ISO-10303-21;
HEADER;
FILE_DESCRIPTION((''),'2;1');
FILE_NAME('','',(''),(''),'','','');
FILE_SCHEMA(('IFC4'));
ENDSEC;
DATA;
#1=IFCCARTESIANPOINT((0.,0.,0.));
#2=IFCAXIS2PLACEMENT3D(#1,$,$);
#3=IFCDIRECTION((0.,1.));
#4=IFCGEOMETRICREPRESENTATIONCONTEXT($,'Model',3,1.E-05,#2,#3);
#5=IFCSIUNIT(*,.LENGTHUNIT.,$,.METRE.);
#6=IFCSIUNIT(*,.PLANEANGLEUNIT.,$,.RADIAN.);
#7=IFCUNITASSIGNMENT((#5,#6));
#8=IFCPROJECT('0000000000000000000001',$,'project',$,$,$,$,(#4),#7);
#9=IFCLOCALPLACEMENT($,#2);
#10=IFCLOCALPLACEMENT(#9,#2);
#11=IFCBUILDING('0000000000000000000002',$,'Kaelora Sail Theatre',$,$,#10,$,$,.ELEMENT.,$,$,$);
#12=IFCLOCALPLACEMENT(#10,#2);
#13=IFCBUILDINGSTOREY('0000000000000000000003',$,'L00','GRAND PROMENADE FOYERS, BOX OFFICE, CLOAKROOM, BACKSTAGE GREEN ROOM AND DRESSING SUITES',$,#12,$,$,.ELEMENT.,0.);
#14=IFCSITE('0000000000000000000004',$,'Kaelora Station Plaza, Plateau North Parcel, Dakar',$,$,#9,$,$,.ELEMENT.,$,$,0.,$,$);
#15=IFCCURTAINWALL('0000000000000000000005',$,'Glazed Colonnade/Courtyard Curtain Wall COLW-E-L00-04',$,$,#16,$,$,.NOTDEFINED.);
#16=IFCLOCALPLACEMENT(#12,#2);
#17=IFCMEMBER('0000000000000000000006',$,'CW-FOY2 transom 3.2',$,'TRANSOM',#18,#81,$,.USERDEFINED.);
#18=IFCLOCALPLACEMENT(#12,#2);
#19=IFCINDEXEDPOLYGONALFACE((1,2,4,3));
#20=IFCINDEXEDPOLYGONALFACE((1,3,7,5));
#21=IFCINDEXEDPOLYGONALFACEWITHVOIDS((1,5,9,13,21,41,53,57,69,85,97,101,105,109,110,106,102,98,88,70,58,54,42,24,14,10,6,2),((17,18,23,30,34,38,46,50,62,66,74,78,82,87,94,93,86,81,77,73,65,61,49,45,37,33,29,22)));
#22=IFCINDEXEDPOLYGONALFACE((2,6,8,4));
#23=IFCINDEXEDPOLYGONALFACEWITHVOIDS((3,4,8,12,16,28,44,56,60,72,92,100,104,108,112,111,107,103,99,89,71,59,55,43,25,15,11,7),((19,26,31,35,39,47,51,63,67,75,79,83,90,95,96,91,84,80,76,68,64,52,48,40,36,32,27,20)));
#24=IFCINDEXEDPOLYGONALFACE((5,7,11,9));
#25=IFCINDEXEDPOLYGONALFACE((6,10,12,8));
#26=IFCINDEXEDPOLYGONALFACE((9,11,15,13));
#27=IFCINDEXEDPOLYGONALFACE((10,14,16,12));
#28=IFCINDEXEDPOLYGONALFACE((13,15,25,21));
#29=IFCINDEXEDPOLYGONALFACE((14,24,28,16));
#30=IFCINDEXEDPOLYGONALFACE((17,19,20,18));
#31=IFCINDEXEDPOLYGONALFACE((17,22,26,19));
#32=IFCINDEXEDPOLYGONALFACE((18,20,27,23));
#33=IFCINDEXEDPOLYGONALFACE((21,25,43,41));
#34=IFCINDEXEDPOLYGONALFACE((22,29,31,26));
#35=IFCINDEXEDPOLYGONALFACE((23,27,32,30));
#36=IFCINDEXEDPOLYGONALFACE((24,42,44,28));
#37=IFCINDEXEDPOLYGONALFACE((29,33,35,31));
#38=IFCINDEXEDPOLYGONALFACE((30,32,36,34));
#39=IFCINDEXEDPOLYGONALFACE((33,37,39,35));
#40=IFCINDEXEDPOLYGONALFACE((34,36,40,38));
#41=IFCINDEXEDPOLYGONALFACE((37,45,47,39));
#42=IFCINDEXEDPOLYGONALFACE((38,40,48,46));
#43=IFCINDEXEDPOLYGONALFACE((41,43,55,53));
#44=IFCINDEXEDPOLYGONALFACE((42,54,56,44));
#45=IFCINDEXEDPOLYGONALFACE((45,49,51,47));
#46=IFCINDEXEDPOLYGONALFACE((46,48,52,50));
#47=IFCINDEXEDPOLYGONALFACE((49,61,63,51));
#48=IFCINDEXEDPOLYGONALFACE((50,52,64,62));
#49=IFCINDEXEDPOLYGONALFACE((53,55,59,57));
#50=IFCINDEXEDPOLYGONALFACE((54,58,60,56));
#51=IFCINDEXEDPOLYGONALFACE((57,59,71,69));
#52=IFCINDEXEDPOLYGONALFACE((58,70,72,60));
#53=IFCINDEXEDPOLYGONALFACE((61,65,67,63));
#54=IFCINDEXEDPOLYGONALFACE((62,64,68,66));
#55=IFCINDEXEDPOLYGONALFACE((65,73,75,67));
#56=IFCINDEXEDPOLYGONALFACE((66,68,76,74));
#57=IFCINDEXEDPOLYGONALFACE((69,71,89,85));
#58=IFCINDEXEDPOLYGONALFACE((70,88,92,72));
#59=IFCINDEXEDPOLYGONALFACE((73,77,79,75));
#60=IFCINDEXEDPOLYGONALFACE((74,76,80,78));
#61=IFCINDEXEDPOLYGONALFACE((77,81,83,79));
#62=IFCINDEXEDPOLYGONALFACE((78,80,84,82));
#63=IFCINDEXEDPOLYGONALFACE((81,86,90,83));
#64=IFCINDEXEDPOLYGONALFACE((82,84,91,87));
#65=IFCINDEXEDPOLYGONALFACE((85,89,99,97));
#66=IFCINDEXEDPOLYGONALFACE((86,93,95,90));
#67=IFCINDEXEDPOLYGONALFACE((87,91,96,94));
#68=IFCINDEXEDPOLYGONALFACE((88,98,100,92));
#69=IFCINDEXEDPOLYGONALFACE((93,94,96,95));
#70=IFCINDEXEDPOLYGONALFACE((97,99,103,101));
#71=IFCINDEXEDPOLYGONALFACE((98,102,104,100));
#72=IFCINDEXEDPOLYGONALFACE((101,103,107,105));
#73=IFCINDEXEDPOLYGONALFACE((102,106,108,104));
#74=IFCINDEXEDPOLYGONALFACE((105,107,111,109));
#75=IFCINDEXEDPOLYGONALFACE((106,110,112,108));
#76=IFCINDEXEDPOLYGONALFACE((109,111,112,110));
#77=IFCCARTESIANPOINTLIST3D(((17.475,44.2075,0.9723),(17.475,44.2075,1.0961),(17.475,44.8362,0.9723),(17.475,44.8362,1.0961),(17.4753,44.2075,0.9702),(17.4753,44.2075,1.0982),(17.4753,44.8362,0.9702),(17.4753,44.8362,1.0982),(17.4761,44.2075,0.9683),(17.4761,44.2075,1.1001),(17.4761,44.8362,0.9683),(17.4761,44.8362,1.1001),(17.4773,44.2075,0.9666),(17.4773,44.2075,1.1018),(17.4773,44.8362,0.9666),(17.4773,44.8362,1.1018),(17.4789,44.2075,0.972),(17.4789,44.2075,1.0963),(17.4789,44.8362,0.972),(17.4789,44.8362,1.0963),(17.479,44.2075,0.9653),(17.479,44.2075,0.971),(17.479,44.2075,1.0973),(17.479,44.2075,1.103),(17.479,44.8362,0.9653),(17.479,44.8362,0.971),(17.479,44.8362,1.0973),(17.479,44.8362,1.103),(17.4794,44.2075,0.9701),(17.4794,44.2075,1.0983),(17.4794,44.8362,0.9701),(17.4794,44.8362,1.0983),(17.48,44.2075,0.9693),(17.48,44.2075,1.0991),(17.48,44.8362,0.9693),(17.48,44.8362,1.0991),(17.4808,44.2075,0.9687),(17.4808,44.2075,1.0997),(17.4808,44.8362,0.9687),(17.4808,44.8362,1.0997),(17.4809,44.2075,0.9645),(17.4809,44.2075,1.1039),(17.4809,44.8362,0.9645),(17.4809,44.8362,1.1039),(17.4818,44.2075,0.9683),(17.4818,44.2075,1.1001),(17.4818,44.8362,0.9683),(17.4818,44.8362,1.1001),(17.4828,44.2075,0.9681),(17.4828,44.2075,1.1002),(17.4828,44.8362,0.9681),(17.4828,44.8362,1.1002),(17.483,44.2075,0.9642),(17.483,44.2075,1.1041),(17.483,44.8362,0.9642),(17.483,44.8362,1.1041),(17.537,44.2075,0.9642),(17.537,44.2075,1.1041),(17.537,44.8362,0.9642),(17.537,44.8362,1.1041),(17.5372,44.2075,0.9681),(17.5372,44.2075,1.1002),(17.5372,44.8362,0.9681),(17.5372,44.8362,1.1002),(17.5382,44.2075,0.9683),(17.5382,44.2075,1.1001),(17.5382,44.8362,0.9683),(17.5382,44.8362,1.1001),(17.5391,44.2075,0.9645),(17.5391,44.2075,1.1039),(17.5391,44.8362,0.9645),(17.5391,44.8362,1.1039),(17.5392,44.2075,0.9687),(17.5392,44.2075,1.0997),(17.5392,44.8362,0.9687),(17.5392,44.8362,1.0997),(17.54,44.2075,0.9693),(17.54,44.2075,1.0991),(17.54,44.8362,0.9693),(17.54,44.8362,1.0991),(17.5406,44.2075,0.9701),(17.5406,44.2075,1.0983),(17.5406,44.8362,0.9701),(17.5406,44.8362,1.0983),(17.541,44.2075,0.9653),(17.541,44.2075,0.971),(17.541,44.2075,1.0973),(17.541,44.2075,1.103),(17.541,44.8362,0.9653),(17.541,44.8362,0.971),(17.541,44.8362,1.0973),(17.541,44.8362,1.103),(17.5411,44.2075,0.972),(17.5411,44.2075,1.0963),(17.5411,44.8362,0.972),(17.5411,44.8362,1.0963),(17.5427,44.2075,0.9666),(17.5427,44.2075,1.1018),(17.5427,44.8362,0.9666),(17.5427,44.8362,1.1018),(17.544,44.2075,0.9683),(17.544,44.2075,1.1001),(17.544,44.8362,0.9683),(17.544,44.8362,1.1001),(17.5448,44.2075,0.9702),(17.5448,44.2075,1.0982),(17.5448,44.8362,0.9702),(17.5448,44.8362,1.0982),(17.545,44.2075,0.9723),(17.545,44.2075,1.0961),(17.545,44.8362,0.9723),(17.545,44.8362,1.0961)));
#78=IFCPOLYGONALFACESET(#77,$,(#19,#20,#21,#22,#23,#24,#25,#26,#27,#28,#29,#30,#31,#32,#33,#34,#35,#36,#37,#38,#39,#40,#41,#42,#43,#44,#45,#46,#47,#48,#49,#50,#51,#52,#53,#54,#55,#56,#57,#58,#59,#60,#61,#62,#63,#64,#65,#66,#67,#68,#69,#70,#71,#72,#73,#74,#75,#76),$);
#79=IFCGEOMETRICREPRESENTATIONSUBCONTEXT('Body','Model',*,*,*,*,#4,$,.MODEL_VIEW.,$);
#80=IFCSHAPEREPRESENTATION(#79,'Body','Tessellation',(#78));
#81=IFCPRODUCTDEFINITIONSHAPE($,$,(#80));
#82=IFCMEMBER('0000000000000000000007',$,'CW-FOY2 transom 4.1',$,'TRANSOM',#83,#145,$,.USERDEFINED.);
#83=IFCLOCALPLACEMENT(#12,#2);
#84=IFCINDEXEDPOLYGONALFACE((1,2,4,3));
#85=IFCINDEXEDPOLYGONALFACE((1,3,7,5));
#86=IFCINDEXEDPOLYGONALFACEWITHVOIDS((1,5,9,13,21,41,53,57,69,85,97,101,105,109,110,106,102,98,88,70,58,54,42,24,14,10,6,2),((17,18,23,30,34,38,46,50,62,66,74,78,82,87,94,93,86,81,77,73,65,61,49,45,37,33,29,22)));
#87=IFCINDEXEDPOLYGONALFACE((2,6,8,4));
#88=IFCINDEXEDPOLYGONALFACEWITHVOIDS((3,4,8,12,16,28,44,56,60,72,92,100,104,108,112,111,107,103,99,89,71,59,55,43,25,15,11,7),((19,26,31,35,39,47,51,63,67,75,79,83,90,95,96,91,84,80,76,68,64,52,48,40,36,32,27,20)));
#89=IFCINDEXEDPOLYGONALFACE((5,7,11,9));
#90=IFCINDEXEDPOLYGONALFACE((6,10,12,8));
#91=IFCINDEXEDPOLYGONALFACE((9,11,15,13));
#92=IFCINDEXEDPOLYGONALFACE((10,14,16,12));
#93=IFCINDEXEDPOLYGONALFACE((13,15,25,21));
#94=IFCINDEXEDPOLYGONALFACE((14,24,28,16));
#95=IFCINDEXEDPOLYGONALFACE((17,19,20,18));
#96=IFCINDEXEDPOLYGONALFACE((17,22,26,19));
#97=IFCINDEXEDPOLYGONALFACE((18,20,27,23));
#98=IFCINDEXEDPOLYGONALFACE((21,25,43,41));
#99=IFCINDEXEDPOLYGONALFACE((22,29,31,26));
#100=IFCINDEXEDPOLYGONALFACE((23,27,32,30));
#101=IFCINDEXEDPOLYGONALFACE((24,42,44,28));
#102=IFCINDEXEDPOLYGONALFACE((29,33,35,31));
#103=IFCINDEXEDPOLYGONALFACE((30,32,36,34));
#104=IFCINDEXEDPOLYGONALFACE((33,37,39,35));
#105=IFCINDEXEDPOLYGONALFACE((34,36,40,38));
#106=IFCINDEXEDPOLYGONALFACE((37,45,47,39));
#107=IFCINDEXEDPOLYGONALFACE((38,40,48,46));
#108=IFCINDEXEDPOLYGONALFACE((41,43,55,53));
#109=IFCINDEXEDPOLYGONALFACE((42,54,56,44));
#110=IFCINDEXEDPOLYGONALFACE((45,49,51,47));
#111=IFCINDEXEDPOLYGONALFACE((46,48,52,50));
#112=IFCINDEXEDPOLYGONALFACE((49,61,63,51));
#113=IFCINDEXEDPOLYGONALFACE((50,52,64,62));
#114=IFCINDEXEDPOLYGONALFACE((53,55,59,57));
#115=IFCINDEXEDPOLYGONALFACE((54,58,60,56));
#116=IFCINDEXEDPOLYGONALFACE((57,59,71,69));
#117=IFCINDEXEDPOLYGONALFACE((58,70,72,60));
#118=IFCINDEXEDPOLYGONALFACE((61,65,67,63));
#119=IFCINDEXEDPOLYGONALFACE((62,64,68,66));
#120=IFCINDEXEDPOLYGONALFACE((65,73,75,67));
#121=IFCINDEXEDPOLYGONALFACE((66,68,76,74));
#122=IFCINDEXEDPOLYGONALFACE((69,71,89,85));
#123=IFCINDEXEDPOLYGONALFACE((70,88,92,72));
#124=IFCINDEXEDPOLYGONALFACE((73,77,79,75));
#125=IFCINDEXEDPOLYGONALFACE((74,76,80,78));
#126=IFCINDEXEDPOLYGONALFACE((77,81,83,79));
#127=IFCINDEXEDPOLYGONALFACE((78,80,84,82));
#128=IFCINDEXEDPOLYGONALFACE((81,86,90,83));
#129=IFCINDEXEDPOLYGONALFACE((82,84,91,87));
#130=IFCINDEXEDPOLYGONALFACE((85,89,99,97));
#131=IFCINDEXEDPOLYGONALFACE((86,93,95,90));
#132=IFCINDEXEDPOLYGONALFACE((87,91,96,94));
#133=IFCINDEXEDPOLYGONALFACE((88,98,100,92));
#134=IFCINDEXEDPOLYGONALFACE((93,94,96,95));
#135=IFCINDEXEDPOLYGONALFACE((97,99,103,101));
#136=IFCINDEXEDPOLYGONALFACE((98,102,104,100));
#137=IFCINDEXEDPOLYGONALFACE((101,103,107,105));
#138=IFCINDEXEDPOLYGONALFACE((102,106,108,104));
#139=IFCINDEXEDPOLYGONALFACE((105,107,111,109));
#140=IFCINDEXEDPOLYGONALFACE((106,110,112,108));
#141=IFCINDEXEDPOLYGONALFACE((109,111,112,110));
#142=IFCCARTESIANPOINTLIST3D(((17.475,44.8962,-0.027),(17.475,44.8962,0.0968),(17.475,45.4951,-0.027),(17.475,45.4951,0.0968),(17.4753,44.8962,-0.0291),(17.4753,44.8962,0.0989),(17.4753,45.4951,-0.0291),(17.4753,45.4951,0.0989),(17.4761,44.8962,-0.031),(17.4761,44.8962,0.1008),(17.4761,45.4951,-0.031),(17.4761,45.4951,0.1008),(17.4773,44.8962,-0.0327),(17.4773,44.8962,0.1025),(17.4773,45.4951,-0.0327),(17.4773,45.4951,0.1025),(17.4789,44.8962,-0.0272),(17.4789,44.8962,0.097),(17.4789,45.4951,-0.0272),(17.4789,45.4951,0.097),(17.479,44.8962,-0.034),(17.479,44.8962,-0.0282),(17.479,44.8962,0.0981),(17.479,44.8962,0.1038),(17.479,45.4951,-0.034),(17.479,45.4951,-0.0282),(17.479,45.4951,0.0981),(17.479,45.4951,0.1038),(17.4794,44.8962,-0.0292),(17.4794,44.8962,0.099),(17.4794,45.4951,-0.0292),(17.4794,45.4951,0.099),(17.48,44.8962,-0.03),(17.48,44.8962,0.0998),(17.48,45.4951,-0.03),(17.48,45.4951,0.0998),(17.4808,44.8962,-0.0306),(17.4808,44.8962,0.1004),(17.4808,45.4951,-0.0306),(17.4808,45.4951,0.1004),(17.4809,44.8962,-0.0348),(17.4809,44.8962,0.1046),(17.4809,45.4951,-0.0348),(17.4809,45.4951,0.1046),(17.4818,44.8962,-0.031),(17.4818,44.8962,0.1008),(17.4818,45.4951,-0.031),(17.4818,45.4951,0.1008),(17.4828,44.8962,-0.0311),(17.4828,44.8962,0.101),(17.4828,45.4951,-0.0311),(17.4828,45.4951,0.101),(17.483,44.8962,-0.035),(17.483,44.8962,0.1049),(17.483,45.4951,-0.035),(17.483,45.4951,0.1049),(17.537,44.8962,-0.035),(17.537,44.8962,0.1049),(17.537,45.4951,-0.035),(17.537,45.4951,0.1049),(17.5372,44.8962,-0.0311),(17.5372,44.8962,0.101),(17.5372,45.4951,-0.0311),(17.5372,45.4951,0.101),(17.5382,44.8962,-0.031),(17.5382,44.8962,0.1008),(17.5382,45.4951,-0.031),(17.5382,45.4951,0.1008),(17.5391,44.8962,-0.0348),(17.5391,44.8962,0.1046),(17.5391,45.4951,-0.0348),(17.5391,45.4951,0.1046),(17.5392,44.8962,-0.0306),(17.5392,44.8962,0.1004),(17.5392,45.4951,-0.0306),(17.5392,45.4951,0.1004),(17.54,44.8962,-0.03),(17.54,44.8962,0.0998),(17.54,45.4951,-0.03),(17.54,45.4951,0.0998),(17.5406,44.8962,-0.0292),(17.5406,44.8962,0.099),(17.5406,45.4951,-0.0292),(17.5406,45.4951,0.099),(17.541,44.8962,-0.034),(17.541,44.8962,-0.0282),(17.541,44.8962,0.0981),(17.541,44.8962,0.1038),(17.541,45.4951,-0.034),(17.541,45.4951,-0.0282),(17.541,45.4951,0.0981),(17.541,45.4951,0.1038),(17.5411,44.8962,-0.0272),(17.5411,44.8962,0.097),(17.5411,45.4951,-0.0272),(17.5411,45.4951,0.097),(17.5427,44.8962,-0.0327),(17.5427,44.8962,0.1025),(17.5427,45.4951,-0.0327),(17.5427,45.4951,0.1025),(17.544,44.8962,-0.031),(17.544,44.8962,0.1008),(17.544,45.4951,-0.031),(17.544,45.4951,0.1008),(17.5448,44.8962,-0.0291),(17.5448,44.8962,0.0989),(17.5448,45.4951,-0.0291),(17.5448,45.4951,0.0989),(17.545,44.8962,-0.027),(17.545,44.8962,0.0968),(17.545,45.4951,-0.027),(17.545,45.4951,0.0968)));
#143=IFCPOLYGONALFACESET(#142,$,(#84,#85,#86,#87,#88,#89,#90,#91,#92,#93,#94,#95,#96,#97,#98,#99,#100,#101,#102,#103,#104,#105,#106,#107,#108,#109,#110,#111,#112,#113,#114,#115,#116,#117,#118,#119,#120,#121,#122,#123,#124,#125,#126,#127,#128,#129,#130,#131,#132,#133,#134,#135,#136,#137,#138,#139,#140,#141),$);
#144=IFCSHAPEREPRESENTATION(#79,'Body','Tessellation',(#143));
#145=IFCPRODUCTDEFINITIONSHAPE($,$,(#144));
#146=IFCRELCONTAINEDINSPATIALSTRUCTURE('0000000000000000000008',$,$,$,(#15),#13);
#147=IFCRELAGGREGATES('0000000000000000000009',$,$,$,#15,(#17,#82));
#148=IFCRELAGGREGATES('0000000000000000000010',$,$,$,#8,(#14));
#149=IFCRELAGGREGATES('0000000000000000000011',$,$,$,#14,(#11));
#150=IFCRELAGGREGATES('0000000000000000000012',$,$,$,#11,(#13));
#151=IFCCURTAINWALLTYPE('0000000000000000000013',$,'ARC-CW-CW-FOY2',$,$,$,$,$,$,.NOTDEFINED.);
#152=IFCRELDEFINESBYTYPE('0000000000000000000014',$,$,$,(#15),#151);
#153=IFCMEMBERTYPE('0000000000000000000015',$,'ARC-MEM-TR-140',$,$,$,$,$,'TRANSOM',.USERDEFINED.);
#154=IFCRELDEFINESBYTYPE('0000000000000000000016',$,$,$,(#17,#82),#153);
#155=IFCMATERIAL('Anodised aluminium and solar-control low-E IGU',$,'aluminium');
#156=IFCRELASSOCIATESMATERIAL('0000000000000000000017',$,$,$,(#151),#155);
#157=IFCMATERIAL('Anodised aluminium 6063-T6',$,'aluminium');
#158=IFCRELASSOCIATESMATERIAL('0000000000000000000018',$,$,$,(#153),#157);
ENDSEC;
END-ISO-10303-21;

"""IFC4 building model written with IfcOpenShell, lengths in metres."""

from ifc_helpers import new_model, si_unit, direction, frame, origin, origin_2d, place, context, subcontext, project, spatial, hollow_rectangle, extrude, material, material_profile, profile_set, type_object, element, aggregate, save


model = new_model("IFC4")

# Units and contexts
model_context = context("Model", 3, precision=1e-05, world=origin(), true_north=direction((0.0, 1.0)))
body_context = subcontext(model_context, "Body", "Model", "MODEL_VIEW")
ifc_project = project(units=[si_unit("LENGTHUNIT", "METRE"), si_unit("PLANEANGLEUNIT", "RADIAN")], contexts=[model_context])

# Site, building, storey
site_placement = place(None, origin())
site = spatial("IfcSite", under=ifc_project, at=site_placement, Name="Kaelora Station Plaza, Plateau North Parcel, Dakar", CompositionType="ELEMENT", RefElevation=0.0)
building_placement = place(site_placement, origin())
building = spatial("IfcBuilding", under=site, at=building_placement, Name="Kaelora Sail Theatre", CompositionType="ELEMENT")
storey_placement = place(building_placement, origin())
storey = spatial("IfcBuildingStorey", under=building, at=storey_placement, Name="L00", Description="GRAND PROMENADE FOYERS, BOX OFFICE, CLOAKROOM, BACKSTAGE GREEN ROOM AND DRESSING SUITES", CompositionType="ELEMENT", Elevation=0.0)

# Curtain wall
ifc_material_1 = material(Name="Anodised aluminium and solar-control low-E IGU", Category="aluminium")
curtain_wall_type = type_object("IfcCurtainWallType", Name="ARC-CW-CW-FOY2", PredefinedType="NOTDEFINED", material=ifc_material_1)
curtain_wall_1_placement = place(storey_placement, origin())
curtain_wall_1 = element("IfcCurtainWall", 1, at=curtain_wall_1_placement, inside=storey, type_object=curtain_wall_type, Name="Glazed Colonnade/Courtyard Curtain Wall COLW-E-L00-04", PredefinedType="NOTDEFINED")

# Members
ifc_material_2 = material(Name="Anodised aluminium 6063-T6", Category="aluminium")
ifc_material_profile_1 = material_profile(ifc_material_2, hollow_rectangle(XDim=0.0701, YDim=0.1399, WallThickness=0.0039, InnerFilletRadius=0.0039, OuterFilletRadius=0.0081, at=origin_2d()), Name="ALU-TRAN 70x140x4")
ifc_profile_set_1 = profile_set([ifc_material_profile_1], Name="Anodised aluminium 6063-T6")
member_type_1 = type_object("IfcMemberType", Name="ARC-MEM-TR-140", ElementType="TRANSOM", PredefinedType="USERDEFINED", material=ifc_profile_set_1)
member_1_placement = place(storey_placement, frame((17.51, 44.2075, 1.0342), z_axis=(0.0, 1.0, 0.0), x_axis=(-1.0, 0.0, 0.0)))
member_1 = element("IfcMember", 2, at=member_1_placement, type_object=member_type_1, Name="CW-FOY2 transom 3.2", ObjectType="TRANSOM", PredefinedType="USERDEFINED", context=body_context, shape_type="SweptSolid", body=[
    extrude(hollow_rectangle(XDim=0.0701, YDim=0.1399, WallThickness=0.0039, InnerFilletRadius=0.0039, OuterFilletRadius=0.0081, at=origin_2d()), origin(), (0.0, 0.0, 1.0), 0.6287),
])
member_2_placement = place(storey_placement, frame((17.51, 44.8962, 0.0349), z_axis=(0.0, 1.0, 0.0), x_axis=(-1.0, 0.0, 0.0)))
member_2 = element("IfcMember", 3, at=member_2_placement, type_object=member_type_1, Name="CW-FOY2 transom 4.1", ObjectType="TRANSOM", PredefinedType="USERDEFINED", context=body_context, shape_type="SweptSolid", body=[
    extrude(hollow_rectangle(XDim=0.0701, YDim=0.1399, WallThickness=0.0039, InnerFilletRadius=0.0039, OuterFilletRadius=0.0081, at=origin_2d()), origin(), (0.0, 0.0, 1.0), 0.5989),
])

aggregate(curtain_wall_1, [member_1, member_2])

save(model, "model.ifc")
